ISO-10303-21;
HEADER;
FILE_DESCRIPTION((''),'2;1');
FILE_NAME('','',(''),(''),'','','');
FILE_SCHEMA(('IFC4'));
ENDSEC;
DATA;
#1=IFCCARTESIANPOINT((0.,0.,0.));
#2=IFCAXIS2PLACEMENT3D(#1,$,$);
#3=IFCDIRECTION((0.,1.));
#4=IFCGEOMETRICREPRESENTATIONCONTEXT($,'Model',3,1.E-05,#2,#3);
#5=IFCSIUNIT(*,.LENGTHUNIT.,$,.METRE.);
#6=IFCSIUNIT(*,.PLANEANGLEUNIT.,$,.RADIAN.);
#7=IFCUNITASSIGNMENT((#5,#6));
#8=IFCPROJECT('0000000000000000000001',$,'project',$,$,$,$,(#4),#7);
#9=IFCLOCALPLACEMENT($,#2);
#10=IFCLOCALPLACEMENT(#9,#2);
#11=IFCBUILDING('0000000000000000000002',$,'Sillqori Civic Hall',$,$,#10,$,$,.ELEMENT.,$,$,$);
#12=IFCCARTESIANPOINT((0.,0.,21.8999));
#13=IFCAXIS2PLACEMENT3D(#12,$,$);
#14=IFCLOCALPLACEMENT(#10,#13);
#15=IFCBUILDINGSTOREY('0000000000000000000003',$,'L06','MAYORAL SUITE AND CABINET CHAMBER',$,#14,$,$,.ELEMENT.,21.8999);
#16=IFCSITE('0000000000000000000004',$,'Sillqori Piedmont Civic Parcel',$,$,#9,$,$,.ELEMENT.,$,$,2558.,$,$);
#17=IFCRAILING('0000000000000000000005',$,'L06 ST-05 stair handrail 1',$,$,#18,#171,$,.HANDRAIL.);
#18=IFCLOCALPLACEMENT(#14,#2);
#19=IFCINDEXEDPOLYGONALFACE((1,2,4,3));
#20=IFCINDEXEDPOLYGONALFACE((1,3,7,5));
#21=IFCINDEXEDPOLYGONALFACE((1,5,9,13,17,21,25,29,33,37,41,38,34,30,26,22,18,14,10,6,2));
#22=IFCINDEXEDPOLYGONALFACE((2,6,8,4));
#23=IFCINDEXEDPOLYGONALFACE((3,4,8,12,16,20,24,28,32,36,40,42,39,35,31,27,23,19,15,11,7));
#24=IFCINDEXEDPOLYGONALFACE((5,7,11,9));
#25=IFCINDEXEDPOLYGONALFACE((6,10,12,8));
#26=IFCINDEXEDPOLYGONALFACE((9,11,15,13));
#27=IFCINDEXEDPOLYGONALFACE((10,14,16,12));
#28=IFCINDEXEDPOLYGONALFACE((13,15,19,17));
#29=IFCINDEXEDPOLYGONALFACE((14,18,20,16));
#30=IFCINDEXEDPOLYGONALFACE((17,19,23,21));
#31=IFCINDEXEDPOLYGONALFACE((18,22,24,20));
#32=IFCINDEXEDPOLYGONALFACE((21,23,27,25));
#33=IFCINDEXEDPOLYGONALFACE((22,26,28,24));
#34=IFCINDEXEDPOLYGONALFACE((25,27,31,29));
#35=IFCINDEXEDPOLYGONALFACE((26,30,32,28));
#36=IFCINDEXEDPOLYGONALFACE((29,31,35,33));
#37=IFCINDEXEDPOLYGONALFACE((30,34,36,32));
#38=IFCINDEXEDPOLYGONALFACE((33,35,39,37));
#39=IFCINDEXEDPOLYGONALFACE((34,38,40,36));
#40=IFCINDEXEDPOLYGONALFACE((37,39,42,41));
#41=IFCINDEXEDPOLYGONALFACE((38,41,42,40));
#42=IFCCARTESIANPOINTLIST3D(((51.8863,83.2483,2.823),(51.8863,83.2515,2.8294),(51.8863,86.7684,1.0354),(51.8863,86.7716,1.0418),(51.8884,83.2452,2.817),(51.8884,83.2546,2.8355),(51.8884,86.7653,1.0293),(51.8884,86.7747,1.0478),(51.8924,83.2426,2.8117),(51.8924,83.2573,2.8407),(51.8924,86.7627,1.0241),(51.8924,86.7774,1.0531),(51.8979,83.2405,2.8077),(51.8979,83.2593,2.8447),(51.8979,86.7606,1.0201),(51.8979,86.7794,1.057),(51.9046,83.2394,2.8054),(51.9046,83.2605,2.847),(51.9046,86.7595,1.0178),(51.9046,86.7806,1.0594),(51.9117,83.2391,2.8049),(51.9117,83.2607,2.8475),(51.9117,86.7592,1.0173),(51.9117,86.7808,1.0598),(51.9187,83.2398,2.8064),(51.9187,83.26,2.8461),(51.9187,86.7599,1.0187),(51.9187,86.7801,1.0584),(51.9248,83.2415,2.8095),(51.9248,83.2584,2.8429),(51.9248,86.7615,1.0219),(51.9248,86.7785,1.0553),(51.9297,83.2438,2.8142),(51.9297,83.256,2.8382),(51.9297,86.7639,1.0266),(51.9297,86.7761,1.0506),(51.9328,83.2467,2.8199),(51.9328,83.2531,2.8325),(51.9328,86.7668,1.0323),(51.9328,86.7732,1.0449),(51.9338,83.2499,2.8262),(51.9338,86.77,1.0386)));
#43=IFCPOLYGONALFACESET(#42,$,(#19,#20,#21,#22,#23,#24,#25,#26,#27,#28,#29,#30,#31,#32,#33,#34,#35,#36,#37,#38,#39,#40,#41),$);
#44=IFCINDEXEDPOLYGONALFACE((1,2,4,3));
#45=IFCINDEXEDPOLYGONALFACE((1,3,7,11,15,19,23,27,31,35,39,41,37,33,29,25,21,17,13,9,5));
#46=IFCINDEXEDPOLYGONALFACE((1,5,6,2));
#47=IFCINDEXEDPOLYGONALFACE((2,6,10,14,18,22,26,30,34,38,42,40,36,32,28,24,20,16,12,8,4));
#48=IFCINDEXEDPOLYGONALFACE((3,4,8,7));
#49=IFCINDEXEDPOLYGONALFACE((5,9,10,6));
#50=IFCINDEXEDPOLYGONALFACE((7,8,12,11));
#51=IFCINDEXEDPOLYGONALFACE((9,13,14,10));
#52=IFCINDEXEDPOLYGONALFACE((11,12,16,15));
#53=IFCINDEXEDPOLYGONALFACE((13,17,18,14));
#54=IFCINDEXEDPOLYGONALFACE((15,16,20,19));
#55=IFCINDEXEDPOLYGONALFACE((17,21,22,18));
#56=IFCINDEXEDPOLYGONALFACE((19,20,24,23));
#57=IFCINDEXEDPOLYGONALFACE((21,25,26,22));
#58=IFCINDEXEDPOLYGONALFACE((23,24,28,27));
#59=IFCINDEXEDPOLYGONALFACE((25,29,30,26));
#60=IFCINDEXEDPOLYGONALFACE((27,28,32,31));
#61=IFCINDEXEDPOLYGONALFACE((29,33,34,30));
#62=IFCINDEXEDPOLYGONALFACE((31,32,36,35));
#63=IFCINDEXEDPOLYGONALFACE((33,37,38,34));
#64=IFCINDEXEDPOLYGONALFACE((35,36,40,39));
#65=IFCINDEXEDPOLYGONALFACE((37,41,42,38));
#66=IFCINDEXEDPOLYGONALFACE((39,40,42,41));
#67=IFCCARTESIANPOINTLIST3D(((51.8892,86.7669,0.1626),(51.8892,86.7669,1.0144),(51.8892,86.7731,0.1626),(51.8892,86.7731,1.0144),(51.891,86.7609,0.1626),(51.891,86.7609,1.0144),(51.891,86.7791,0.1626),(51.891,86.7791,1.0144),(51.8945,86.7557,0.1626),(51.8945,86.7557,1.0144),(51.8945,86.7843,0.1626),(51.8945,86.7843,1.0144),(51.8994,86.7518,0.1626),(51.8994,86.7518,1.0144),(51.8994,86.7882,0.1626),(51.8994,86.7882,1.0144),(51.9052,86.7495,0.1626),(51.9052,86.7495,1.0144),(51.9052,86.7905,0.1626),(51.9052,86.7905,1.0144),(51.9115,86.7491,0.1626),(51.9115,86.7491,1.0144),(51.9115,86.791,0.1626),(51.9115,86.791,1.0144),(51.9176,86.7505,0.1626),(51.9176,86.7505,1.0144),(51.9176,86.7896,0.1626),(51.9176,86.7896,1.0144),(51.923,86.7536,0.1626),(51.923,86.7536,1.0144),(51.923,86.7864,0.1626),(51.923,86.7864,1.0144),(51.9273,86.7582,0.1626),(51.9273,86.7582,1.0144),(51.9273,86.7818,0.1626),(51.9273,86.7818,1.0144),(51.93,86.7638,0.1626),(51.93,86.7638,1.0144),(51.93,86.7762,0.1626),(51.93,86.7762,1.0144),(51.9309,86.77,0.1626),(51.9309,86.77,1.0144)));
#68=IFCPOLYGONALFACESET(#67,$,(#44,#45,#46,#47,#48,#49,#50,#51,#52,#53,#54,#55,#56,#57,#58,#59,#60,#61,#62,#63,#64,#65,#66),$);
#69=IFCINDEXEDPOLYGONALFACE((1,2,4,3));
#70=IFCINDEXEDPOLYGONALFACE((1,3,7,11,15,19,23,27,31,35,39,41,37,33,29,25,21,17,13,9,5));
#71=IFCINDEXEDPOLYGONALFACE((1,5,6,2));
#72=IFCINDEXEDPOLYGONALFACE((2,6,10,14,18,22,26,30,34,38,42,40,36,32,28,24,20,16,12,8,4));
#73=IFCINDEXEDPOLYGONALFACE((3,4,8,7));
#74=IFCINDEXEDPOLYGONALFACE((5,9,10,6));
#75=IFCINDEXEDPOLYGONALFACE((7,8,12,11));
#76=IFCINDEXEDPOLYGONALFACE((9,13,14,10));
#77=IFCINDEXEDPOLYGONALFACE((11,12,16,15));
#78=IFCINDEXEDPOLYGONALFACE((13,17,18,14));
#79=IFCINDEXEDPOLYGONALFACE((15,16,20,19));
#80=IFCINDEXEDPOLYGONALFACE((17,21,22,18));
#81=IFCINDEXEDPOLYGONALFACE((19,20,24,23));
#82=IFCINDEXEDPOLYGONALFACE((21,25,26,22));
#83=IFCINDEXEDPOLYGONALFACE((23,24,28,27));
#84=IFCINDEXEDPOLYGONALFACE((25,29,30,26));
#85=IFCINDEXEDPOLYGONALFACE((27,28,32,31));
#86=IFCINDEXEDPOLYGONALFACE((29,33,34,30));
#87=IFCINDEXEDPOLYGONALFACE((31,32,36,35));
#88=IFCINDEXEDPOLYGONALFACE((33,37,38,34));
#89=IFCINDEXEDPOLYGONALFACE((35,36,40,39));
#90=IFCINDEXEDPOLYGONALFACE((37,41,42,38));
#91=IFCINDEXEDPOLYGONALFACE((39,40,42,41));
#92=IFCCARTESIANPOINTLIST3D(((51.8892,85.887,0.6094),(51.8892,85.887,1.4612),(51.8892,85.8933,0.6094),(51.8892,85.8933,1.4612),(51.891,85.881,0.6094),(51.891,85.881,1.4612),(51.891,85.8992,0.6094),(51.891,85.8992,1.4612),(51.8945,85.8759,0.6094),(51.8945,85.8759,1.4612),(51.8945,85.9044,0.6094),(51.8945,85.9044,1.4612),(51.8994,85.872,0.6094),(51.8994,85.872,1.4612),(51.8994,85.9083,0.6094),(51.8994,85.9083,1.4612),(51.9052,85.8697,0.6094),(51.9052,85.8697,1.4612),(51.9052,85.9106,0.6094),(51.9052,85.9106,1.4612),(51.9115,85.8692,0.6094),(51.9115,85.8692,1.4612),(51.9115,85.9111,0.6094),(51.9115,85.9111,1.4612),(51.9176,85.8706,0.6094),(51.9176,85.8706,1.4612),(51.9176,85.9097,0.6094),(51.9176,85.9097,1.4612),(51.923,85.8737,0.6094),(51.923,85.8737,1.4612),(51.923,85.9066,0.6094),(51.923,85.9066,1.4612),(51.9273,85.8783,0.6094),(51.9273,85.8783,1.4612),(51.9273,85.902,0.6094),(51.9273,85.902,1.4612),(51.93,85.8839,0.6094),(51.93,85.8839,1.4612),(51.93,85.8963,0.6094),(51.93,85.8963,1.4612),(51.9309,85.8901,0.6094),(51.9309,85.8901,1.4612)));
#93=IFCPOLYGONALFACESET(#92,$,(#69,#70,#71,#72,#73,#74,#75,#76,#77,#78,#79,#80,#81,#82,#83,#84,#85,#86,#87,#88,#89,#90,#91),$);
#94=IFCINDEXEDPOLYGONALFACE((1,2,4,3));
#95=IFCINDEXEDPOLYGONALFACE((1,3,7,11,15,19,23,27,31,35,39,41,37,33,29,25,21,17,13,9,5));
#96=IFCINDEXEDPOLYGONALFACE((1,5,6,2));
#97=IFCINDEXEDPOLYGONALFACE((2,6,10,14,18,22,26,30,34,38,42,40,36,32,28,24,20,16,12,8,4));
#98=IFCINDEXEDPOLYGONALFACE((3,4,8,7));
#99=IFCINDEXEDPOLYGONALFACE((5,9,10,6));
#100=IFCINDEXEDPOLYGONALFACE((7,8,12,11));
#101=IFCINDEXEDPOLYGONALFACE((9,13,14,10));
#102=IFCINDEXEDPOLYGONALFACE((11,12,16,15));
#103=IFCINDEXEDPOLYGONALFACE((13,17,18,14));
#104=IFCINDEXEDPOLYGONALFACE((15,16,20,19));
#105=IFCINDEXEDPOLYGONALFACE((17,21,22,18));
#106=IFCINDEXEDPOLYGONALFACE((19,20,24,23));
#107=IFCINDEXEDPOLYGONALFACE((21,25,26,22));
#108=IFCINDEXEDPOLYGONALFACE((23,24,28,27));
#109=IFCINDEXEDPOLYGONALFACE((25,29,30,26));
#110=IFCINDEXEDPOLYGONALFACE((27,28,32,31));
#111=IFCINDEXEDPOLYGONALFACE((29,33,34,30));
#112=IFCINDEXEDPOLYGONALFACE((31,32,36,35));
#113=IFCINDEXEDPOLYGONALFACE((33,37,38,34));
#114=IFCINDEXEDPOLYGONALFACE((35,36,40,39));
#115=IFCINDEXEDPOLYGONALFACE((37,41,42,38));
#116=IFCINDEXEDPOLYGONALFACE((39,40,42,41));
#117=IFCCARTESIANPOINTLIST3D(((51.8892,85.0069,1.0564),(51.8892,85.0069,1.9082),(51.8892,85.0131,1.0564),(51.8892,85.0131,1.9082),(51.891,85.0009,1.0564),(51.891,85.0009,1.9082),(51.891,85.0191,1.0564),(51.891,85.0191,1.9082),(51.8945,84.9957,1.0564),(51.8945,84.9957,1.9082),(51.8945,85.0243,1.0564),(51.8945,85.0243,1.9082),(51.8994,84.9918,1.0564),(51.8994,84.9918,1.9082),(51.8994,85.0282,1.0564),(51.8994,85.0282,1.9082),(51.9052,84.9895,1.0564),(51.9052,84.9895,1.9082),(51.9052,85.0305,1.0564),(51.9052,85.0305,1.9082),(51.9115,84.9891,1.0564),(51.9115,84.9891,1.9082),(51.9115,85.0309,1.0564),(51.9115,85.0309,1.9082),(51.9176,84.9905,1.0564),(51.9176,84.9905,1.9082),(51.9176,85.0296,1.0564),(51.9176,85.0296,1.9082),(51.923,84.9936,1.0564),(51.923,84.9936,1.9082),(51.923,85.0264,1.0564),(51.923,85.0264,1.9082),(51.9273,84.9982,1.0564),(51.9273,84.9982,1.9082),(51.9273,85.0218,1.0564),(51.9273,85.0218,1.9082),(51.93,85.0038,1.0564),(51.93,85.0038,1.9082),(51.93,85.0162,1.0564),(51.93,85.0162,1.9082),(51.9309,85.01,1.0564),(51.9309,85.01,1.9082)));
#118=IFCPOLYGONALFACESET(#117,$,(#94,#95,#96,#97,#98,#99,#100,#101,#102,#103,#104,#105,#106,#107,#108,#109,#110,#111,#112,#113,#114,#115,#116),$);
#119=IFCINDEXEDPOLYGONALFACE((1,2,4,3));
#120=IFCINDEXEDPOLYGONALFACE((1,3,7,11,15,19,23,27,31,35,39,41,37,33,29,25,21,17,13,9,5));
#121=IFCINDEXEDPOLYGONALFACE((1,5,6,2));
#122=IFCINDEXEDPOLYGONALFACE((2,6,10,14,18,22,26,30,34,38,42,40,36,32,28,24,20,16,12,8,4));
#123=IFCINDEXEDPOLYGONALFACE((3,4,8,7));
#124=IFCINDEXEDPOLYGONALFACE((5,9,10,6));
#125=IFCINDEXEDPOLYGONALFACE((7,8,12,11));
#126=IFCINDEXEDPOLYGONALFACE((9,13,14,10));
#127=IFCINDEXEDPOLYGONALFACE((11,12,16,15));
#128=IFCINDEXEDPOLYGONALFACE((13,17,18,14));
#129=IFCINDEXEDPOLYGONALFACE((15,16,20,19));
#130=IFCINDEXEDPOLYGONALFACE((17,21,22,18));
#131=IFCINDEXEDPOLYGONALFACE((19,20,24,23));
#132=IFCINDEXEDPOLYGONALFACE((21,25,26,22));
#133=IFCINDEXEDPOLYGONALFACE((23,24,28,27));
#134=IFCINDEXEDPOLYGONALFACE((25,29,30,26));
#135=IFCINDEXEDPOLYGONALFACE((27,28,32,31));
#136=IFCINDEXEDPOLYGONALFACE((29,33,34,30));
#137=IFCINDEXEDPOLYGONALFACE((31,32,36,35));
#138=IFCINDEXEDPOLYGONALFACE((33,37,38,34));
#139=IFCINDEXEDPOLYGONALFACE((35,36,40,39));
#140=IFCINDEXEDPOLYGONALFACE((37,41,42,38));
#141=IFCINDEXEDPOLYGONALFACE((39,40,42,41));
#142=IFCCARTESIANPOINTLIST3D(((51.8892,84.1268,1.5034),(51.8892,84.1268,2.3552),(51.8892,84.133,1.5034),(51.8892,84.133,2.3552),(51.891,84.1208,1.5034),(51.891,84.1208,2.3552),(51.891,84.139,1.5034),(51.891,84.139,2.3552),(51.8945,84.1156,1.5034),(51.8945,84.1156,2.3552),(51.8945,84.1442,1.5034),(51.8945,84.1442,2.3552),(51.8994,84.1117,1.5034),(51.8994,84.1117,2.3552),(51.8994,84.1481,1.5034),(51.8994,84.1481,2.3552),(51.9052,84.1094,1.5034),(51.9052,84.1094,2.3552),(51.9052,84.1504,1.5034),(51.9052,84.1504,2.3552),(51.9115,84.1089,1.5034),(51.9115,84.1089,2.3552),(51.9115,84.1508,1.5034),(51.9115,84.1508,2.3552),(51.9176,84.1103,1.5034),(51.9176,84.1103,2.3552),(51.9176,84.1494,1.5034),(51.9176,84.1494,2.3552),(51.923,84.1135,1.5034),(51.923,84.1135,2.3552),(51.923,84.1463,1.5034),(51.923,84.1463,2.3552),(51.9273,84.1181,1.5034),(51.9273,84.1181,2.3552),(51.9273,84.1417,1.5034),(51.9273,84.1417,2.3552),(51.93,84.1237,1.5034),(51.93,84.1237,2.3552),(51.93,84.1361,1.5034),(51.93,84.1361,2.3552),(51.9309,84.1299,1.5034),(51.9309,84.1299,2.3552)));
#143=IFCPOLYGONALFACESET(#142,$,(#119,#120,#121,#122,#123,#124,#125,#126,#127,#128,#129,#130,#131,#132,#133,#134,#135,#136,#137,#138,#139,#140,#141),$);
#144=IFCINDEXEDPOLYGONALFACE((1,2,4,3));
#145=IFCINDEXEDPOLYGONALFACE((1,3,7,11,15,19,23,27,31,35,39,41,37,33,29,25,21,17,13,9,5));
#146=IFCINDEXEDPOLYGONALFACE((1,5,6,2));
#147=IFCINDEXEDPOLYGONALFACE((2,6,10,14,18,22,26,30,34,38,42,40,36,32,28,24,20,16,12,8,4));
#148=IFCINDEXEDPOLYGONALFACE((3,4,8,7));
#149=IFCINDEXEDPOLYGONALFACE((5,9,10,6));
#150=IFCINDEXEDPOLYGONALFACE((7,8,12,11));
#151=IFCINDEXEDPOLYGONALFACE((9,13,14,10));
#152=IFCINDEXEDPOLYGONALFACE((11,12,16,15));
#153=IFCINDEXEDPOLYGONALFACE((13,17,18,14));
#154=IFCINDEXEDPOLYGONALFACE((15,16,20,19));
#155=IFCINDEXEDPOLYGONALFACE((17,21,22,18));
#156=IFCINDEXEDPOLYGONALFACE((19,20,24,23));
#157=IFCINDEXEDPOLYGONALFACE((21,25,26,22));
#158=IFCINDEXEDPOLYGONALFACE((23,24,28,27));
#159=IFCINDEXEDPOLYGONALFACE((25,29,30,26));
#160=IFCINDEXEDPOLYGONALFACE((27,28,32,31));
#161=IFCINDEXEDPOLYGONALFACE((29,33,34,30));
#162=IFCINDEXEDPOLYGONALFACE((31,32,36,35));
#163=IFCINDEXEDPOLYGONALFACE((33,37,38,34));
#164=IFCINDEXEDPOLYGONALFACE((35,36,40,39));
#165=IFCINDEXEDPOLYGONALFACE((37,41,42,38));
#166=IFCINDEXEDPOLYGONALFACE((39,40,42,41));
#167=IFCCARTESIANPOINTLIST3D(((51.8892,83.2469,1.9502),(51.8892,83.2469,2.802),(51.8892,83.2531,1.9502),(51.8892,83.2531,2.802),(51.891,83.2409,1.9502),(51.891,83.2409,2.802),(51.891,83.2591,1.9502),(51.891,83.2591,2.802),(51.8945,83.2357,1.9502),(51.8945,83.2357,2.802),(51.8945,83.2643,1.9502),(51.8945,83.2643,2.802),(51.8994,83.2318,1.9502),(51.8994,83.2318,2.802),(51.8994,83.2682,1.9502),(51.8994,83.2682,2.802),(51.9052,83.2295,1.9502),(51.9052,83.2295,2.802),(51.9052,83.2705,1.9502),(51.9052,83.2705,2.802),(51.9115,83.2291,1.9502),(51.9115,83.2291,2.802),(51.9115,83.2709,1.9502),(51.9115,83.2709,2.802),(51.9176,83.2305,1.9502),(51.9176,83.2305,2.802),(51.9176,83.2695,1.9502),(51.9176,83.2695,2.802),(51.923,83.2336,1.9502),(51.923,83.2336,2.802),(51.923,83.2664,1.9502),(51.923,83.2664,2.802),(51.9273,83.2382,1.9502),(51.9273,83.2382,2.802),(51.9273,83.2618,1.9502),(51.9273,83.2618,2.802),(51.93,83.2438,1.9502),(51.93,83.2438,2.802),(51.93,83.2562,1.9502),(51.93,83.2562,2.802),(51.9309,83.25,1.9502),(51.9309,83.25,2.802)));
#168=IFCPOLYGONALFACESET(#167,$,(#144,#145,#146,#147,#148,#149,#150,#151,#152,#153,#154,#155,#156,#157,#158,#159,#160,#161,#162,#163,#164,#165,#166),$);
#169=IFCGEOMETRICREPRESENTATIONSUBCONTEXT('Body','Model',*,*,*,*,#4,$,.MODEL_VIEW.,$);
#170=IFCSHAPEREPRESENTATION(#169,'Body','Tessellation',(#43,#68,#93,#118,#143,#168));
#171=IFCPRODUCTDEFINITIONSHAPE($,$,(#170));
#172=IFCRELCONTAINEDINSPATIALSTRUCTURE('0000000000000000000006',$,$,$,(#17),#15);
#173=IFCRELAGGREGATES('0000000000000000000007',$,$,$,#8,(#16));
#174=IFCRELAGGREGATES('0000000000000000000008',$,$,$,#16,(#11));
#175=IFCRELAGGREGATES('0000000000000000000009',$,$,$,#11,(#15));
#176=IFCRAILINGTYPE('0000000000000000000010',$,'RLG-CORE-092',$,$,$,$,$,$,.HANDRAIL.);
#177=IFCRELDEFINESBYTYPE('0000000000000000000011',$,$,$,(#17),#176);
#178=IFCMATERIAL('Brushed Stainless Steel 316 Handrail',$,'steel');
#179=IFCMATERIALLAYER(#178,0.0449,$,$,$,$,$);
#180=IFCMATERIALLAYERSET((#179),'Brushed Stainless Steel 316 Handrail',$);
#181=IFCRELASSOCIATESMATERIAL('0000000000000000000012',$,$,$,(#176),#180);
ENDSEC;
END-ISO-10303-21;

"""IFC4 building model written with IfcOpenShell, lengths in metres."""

from ifc_helpers import new_model, si_unit, direction, frame, origin, origin_2d, place, context, subcontext, project, spatial, circle, extrude, material, layer, layer_set, type_object, element, save


model = new_model("IFC4")

# Units and contexts
model_context = context("Model", 3, precision=1e-05, world=origin(), true_north=direction((0.0, 1.0)))
body_context = subcontext(model_context, "Body", "Model", "MODEL_VIEW")
ifc_project = project(units=[si_unit("LENGTHUNIT", "METRE"), si_unit("PLANEANGLEUNIT", "RADIAN")], contexts=[model_context])

# Site, building, storey
site_placement = place(None, origin())
site = spatial("IfcSite", under=ifc_project, at=site_placement, Name="Sillqori Piedmont Civic Parcel", CompositionType="ELEMENT", RefElevation=2558.0)
building_placement = place(site_placement, origin())
building = spatial("IfcBuilding", under=site, at=building_placement, Name="Sillqori Civic Hall", CompositionType="ELEMENT")
storey_placement = place(building_placement, frame((0.0, 0.0, 21.8999)))
storey = spatial("IfcBuildingStorey", under=building, at=storey_placement, Name="L06", Description="MAYORAL SUITE AND CABINET CHAMBER", CompositionType="ELEMENT", Elevation=21.8999)

# Railing
ifc_material_1 = material(Name="Brushed Stainless Steel 316 Handrail", Category="steel")
ifc_layer_1 = layer(ifc_material_1, 0.0449)
ifc_layer_set_1 = layer_set([ifc_layer_1], Name="Brushed Stainless Steel 316 Handrail")
railing_type_1 = type_object("IfcRailingType", Name="RLG-CORE-092", PredefinedType="HANDRAIL", material=ifc_layer_set_1)
railing_1_placement = place(storey_placement, frame((51.9099, 86.77, 0.1626)))
element("IfcRailing", 1, at=railing_1_placement, inside=storey, type_object=railing_type_1, Name="L06 ST-05 stair handrail 1", PredefinedType="HANDRAIL", context=body_context, shape_type="SweptSolid", body=[
    extrude(circle(Radius=0.0239, at=origin_2d()), frame((0.0, 0.0, 0.876), z_axis=(0.0, -0.891615, 0.452795), x_axis=(1.0, 0.0, 0.0)), (0.0, 0.0, 1.0), 3.948),
    extrude(circle(Radius=0.021, at=origin_2d()), origin(), (0.0, 0.0, 1.0), 0.8518),
    extrude(circle(Radius=0.021, at=origin_2d()), frame((0.0, -0.8799, 0.4468)), (0.0, 0.0, 1.0), 0.8518),
    extrude(circle(Radius=0.021, at=origin_2d()), frame((0.0, -1.76, 0.8938)), (0.0, 0.0, 1.0), 0.8518),
    extrude(circle(Radius=0.021, at=origin_2d()), frame((0.0, -2.6401, 1.3408)), (0.0, 0.0, 1.0), 0.8518),
    extrude(circle(Radius=0.021, at=origin_2d()), frame((0.0, -3.52, 1.7876)), (0.0, 0.0, 1.0), 0.8518),
])

save(model, "model.ifc")
